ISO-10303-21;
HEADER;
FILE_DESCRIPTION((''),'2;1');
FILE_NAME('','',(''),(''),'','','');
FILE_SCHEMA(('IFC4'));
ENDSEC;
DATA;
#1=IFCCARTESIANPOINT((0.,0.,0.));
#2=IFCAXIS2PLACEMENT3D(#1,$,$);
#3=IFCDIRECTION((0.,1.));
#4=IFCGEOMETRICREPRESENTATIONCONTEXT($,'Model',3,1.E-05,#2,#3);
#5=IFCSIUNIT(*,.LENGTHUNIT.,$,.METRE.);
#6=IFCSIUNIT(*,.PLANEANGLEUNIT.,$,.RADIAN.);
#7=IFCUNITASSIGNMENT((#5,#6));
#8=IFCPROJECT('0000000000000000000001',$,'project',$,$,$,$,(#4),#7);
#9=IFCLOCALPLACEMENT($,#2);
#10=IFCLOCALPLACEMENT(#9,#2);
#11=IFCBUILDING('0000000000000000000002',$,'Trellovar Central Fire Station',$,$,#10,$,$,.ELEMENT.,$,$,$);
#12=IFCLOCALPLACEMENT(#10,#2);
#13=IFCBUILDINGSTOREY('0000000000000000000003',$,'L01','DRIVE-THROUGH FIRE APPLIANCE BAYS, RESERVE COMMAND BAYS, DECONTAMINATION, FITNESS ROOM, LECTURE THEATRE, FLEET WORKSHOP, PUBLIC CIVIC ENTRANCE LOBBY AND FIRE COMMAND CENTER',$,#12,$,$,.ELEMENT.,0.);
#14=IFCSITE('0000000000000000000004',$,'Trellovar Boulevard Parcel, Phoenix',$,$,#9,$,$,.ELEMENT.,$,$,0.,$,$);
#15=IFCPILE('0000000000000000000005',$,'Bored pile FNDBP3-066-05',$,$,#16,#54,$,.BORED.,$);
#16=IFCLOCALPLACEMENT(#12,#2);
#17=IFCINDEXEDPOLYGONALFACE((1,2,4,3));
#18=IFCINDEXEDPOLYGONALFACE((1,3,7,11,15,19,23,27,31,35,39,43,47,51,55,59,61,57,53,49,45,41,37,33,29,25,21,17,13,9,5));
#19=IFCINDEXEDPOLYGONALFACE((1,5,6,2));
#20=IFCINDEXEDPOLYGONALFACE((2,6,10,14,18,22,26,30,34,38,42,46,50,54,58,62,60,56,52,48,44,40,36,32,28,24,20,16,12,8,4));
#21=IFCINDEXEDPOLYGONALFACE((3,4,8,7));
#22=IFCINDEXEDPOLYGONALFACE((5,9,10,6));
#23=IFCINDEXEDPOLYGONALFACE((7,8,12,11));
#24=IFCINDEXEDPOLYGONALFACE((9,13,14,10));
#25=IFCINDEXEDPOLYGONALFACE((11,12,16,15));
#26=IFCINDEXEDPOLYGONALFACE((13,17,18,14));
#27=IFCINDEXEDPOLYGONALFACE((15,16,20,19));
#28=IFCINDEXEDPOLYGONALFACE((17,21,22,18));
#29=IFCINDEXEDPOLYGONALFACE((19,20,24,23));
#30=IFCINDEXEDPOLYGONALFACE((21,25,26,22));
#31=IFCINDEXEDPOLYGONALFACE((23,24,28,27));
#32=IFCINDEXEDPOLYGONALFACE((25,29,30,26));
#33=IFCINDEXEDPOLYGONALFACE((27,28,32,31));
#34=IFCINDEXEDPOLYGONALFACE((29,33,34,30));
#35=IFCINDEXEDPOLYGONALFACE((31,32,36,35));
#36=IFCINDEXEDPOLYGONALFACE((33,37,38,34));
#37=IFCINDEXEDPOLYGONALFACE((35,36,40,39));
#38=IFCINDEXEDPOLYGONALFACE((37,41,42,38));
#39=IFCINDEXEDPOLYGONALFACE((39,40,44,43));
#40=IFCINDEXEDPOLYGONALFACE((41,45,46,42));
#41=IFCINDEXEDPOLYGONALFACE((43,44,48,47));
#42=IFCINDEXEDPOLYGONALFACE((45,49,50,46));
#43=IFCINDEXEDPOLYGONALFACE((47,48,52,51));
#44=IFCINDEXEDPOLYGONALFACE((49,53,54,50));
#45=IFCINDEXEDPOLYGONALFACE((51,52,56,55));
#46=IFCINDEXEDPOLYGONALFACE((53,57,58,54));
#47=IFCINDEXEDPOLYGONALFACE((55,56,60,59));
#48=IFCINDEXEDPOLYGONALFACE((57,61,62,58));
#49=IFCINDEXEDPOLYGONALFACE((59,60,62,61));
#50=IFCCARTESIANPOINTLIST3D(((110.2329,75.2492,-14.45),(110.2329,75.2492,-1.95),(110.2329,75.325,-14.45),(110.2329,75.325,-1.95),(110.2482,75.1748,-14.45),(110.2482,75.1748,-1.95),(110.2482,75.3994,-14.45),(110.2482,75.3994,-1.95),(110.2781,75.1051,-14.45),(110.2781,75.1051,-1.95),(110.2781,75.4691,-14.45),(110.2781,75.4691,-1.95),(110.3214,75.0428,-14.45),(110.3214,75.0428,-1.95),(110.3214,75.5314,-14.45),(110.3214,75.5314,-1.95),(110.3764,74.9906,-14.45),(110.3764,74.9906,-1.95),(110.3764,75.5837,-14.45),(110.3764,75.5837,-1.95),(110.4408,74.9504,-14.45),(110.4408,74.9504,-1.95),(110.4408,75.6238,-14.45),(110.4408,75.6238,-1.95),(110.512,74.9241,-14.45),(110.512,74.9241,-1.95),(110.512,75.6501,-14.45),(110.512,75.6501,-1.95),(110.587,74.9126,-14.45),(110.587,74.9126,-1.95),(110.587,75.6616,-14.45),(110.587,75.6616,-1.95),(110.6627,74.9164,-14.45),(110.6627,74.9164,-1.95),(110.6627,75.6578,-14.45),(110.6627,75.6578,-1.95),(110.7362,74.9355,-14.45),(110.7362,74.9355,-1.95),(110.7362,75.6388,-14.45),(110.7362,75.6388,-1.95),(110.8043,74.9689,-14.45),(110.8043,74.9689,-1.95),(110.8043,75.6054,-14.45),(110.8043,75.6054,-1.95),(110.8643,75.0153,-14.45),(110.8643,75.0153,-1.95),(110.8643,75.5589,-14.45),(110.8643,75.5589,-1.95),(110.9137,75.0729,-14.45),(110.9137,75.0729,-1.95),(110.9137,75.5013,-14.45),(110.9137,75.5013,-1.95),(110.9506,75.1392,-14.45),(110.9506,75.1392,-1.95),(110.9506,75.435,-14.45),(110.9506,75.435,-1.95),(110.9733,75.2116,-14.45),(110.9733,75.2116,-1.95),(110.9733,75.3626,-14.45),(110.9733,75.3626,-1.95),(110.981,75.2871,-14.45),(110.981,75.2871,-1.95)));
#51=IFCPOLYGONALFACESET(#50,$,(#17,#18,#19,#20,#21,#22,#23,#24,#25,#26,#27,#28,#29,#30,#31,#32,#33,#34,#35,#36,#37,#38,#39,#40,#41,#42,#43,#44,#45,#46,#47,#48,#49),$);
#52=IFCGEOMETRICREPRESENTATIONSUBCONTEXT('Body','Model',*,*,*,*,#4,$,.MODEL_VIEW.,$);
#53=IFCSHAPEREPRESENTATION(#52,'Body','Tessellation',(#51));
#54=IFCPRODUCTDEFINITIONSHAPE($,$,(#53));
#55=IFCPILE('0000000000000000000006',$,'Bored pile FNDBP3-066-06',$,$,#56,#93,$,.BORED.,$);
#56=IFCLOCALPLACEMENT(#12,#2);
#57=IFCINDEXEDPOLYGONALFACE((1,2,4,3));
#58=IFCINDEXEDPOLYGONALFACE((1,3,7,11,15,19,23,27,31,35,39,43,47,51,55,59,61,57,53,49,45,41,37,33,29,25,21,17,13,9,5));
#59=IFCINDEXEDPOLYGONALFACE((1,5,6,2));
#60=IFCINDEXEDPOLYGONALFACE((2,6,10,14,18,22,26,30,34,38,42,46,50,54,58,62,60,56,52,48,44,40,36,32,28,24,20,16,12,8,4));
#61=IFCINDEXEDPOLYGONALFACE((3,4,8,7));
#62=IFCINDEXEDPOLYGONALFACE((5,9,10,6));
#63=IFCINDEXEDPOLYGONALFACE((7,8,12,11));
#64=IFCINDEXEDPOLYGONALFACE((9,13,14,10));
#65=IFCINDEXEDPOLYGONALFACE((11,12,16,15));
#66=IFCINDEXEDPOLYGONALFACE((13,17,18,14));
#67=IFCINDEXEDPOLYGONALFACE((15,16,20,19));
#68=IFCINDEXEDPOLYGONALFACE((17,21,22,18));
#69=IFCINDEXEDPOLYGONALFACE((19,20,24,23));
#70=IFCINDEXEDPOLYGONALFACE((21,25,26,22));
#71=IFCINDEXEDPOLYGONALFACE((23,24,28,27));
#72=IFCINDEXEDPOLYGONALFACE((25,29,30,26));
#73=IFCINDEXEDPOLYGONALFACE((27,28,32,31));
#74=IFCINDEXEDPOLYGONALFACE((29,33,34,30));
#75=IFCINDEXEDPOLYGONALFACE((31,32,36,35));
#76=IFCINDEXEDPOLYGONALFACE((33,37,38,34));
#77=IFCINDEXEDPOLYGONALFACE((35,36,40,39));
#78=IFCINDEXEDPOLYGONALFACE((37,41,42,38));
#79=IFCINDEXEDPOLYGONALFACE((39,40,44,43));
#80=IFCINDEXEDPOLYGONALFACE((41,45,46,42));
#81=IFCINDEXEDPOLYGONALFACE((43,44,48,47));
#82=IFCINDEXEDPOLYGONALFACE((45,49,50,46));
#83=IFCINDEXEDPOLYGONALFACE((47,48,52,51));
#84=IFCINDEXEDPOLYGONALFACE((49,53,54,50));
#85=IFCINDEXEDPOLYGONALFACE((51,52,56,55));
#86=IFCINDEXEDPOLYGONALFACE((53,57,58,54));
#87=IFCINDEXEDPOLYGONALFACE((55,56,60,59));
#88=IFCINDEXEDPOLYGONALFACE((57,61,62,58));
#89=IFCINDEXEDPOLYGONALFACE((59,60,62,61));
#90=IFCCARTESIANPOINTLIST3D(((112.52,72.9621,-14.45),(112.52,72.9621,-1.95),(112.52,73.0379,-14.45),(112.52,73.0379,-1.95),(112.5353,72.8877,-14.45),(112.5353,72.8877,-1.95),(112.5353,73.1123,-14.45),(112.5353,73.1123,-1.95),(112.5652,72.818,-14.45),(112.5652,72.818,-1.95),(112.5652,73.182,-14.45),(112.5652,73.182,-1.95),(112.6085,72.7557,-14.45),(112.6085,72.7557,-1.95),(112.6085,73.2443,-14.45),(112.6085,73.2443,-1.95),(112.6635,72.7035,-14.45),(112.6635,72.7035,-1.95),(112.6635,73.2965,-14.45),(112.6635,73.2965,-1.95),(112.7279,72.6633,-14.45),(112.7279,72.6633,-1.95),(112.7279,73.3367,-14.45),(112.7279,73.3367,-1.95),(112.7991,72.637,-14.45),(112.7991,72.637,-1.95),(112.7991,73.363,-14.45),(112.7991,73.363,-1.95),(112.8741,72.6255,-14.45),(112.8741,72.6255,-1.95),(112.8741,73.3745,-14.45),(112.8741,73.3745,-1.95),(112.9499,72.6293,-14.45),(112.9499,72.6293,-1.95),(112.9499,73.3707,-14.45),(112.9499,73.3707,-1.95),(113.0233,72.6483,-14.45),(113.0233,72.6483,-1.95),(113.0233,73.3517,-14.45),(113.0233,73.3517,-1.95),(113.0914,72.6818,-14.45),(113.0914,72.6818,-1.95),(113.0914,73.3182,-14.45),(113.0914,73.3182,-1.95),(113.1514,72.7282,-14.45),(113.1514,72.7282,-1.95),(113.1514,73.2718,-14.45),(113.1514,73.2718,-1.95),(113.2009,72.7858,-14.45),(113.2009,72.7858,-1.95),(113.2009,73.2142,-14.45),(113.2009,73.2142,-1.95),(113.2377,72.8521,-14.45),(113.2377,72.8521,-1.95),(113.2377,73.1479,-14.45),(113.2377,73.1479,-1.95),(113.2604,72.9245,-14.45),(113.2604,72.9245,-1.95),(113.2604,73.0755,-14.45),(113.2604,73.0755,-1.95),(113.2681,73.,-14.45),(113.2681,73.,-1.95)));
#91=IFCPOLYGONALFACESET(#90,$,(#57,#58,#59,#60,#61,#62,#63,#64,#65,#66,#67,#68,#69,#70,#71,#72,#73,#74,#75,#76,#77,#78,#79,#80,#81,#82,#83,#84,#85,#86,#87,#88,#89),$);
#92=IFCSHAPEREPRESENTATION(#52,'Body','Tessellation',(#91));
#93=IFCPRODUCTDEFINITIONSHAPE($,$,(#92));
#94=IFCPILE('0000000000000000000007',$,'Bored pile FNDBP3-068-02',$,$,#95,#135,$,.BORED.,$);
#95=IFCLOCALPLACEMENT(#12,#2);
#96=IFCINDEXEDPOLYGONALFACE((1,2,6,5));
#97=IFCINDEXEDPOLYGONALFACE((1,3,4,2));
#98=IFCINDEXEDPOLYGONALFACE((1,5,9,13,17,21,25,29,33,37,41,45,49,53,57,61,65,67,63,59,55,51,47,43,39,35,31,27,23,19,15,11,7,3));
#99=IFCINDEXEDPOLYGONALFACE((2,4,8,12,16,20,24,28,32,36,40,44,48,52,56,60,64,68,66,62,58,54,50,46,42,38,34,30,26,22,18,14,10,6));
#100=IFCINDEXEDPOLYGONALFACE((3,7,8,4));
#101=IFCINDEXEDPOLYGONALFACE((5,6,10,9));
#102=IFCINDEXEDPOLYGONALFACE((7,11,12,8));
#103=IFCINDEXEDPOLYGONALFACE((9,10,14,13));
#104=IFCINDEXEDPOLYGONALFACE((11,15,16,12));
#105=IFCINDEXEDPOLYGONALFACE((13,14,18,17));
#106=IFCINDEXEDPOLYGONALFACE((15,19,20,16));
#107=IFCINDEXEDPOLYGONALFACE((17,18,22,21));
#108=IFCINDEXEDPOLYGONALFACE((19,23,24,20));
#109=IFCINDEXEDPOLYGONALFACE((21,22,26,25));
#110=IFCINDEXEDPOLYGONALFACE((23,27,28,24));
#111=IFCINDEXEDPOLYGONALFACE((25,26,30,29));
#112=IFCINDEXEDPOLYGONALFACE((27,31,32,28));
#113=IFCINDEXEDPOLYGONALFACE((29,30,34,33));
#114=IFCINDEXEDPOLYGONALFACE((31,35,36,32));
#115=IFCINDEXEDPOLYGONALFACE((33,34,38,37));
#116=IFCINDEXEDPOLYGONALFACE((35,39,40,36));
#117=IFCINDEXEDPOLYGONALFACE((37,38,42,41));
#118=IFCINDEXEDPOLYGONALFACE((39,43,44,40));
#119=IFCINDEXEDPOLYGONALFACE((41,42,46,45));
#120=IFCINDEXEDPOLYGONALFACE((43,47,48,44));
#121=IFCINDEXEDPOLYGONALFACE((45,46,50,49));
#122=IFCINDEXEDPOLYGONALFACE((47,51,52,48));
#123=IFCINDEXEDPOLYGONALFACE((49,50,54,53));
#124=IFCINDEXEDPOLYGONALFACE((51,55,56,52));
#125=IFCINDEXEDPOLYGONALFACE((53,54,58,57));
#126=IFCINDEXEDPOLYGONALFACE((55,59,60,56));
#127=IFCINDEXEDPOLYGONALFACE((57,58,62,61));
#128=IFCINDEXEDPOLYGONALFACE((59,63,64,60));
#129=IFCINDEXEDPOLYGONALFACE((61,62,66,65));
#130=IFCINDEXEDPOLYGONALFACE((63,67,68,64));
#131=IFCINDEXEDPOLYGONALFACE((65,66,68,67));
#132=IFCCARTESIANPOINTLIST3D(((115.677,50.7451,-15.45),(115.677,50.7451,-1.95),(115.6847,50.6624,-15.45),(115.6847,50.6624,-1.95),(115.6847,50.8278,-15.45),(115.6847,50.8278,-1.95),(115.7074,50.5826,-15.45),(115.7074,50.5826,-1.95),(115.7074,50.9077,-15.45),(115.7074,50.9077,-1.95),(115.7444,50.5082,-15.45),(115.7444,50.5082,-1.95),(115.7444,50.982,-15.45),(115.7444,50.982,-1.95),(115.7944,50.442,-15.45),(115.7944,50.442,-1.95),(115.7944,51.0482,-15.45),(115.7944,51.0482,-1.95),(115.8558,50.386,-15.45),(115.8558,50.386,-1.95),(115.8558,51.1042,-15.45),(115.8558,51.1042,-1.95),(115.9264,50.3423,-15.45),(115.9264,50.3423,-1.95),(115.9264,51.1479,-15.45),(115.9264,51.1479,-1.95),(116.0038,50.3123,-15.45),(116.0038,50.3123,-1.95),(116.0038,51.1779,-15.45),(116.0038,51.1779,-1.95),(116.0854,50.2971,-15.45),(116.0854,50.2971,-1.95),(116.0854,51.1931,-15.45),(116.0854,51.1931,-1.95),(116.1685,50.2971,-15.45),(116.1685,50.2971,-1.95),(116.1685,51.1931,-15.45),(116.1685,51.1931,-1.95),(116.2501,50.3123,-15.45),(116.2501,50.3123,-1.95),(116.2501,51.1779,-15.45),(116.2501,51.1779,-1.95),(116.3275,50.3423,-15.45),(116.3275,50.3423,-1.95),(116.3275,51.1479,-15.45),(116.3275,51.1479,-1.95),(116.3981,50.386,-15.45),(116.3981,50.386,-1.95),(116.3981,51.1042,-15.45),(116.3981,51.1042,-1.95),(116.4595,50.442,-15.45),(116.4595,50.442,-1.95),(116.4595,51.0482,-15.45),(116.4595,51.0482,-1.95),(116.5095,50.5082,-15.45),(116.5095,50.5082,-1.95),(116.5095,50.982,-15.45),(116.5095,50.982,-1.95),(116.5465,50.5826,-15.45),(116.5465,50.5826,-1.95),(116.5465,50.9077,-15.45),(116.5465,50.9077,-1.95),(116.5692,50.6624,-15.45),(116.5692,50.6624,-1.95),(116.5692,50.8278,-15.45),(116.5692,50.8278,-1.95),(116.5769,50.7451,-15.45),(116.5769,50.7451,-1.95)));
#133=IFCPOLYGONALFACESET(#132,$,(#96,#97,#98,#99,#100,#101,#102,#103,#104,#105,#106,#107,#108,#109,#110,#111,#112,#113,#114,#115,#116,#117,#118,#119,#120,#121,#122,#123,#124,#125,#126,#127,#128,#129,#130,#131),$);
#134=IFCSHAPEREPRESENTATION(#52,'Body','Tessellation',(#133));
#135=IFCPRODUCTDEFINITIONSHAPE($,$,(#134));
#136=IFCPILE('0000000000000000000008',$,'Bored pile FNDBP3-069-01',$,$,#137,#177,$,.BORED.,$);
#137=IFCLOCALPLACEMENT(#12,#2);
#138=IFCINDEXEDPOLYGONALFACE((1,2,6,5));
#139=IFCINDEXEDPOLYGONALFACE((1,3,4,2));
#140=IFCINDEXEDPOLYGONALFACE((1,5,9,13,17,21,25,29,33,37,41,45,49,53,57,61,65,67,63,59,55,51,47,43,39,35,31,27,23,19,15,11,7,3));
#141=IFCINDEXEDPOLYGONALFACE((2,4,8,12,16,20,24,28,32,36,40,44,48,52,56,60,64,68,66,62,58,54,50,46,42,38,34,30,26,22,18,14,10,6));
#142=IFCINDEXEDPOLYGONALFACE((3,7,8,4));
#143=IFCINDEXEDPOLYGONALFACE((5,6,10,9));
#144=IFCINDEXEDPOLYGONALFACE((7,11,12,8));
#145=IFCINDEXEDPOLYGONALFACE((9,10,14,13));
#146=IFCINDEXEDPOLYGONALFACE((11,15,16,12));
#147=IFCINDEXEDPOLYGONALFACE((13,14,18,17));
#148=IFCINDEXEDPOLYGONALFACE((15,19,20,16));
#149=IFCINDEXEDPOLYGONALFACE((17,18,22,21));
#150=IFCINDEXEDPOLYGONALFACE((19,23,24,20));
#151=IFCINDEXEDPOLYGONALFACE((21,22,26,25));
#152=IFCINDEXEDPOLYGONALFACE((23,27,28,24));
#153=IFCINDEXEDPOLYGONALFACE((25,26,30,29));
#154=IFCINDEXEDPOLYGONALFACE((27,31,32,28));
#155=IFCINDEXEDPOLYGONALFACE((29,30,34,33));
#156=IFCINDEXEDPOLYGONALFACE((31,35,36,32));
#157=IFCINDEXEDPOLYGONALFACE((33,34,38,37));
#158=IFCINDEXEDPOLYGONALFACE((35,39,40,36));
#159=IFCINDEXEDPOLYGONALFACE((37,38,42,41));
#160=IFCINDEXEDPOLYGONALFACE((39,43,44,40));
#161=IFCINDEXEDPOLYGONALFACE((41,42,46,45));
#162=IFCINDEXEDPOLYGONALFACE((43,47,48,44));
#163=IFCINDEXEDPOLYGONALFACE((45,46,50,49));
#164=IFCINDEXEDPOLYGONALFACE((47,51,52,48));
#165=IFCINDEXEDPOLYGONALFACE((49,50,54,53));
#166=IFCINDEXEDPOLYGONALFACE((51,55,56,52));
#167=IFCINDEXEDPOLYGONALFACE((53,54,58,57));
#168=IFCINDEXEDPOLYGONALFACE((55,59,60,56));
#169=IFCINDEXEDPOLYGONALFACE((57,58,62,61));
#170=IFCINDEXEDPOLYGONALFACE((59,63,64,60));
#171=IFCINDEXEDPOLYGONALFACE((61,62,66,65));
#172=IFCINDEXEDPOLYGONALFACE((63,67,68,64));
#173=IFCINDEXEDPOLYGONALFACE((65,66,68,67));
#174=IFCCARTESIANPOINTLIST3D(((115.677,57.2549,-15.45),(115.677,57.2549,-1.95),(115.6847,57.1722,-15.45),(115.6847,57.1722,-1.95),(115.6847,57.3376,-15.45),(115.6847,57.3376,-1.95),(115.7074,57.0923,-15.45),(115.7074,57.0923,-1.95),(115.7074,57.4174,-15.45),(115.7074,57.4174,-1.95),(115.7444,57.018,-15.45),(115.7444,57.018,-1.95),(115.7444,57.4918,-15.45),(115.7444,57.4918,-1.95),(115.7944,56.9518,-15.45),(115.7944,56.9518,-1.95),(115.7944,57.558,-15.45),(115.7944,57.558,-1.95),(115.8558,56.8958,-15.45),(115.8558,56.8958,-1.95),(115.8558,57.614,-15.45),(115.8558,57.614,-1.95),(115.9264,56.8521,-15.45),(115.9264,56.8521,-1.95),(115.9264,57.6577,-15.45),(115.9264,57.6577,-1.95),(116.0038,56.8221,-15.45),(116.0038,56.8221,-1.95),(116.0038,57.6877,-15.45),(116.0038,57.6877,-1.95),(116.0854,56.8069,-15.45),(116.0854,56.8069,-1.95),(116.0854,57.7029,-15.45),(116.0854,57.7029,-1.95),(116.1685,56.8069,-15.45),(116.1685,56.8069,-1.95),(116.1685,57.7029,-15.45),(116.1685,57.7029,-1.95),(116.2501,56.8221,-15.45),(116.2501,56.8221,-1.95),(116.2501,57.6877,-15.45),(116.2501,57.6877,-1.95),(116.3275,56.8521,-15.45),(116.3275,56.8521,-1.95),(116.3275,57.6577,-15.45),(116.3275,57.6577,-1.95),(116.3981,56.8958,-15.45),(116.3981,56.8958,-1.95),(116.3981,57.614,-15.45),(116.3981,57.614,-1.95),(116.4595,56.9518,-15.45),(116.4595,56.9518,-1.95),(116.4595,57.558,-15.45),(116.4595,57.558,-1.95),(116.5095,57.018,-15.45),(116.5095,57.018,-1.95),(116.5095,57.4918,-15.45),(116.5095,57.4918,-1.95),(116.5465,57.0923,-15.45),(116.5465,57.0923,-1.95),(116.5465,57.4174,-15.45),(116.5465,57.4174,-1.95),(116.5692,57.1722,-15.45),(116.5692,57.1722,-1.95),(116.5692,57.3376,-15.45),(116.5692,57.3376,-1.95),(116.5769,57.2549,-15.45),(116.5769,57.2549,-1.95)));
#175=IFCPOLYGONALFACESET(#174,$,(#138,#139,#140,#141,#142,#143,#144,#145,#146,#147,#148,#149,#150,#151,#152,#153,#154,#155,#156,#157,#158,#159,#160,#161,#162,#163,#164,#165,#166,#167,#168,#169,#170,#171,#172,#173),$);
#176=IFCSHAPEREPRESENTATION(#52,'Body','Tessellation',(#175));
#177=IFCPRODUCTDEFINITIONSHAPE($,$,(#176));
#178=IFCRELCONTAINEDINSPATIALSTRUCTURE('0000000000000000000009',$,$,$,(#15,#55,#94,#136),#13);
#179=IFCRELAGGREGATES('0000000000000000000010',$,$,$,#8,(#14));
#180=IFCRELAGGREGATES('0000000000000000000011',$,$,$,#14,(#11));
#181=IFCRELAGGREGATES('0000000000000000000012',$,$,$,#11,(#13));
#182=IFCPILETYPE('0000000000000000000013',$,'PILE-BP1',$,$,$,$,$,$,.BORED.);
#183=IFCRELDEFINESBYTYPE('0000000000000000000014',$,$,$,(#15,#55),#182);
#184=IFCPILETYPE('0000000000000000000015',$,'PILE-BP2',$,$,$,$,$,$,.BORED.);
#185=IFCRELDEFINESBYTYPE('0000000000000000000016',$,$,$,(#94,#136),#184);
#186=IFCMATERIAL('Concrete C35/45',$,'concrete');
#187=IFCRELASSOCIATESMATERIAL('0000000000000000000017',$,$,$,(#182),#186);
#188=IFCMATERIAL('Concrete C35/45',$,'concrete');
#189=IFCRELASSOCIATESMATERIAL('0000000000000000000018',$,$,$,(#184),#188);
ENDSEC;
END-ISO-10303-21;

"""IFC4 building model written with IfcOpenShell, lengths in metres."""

from ifc_helpers import new_model, si_unit, direction, frame, origin, origin_2d, place, context, subcontext, project, spatial, circle, extrude, material, material_profile, profile_set, type_object, element, save


model = new_model("IFC4")

# Units and contexts
model_context = context("Model", 3, precision=1e-05, world=origin(), true_north=direction((0.0, 1.0)))
body_context = subcontext(model_context, "Body", "Model", "MODEL_VIEW")
ifc_project = project(units=[si_unit("LENGTHUNIT", "METRE"), si_unit("PLANEANGLEUNIT", "RADIAN")], contexts=[model_context])

# Site, building, storey
site_placement = place(None, origin())
site = spatial("IfcSite", under=ifc_project, at=site_placement, Name="Trellovar Boulevard Parcel, Phoenix", CompositionType="ELEMENT", RefElevation=0.0)
building_placement = place(site_placement, origin())
building = spatial("IfcBuilding", under=site, at=building_placement, Name="Trellovar Central Fire Station", CompositionType="ELEMENT")
storey_placement = place(building_placement, origin())
storey = spatial("IfcBuildingStorey", under=building, at=storey_placement, Name="L01", Description="DRIVE-THROUGH FIRE APPLIANCE BAYS, RESERVE COMMAND BAYS, DECONTAMINATION, FITNESS ROOM, LECTURE THEATRE, FLEET WORKSHOP, PUBLIC CIVIC ENTRANCE LOBBY AND FIRE COMMAND CENTER", CompositionType="ELEMENT", Elevation=0.0)

# Piles
ifc_material_1 = material(Name="Concrete C35/45", Category="concrete")
ifc_material_profile_1 = material_profile(ifc_material_1, circle(Radius=0.375, at=origin_2d()), Name="PILE750")
ifc_profile_set_1 = profile_set([ifc_material_profile_1], Name="Concrete C35/45")
pile_type_1 = type_object("IfcPileType", Name="PILE-BP1", PredefinedType="BORED", material=ifc_profile_set_1)
for number, where, z_axis, x_axis, name in (
    (1, (110.606, 75.2871, -1.95), (0.0, 0.0, -1.0), (1.0, 0.0, 0.0), "Bored pile FNDBP3-066-05"),
    (2, (112.8931, 73.0, -1.95), (0.0, 0.0, -1.0), (1.0, 0.0, 0.0), "Bored pile FNDBP3-066-06"),
):
    element("IfcPile", number, at=place(storey_placement, frame(where, z_axis=z_axis, x_axis=x_axis)), inside=storey, type_object=pile_type_1, Name=name, PredefinedType="BORED", context=body_context, shape_type="SweptSolid", body=[
        extrude(circle(Radius=0.375, at=origin_2d()), origin(), (0.0, 0.0, 1.0), 12.5),
    ])
ifc_material_2 = material(Name="Concrete C35/45", Category="concrete")
ifc_material_profile_2 = material_profile(ifc_material_2, circle(Radius=0.45, at=origin_2d()), Name="PILE900")
ifc_profile_set_2 = profile_set([ifc_material_profile_2], Name="Concrete C35/45")
pile_type_2 = type_object("IfcPileType", Name="PILE-BP2", PredefinedType="BORED", material=ifc_profile_set_2)
for number, where, z_axis, x_axis, name in (
    (3, (116.127, 50.7451, -1.95), (0.0, 0.0, -1.0), (1.0, 0.0, 0.0), "Bored pile FNDBP3-068-02"),
    (4, (116.127, 57.2549, -1.95), (0.0, 0.0, -1.0), (1.0, 0.0, 0.0), "Bored pile FNDBP3-069-01"),
):
    element("IfcPile", number, at=place(storey_placement, frame(where, z_axis=z_axis, x_axis=x_axis)), inside=storey, type_object=pile_type_2, Name=name, PredefinedType="BORED", context=body_context, shape_type="SweptSolid", body=[
        extrude(circle(Radius=0.45, at=origin_2d()), origin(), (0.0, 0.0, 1.0), 13.5),
    ])

save(model, "model.ifc")
